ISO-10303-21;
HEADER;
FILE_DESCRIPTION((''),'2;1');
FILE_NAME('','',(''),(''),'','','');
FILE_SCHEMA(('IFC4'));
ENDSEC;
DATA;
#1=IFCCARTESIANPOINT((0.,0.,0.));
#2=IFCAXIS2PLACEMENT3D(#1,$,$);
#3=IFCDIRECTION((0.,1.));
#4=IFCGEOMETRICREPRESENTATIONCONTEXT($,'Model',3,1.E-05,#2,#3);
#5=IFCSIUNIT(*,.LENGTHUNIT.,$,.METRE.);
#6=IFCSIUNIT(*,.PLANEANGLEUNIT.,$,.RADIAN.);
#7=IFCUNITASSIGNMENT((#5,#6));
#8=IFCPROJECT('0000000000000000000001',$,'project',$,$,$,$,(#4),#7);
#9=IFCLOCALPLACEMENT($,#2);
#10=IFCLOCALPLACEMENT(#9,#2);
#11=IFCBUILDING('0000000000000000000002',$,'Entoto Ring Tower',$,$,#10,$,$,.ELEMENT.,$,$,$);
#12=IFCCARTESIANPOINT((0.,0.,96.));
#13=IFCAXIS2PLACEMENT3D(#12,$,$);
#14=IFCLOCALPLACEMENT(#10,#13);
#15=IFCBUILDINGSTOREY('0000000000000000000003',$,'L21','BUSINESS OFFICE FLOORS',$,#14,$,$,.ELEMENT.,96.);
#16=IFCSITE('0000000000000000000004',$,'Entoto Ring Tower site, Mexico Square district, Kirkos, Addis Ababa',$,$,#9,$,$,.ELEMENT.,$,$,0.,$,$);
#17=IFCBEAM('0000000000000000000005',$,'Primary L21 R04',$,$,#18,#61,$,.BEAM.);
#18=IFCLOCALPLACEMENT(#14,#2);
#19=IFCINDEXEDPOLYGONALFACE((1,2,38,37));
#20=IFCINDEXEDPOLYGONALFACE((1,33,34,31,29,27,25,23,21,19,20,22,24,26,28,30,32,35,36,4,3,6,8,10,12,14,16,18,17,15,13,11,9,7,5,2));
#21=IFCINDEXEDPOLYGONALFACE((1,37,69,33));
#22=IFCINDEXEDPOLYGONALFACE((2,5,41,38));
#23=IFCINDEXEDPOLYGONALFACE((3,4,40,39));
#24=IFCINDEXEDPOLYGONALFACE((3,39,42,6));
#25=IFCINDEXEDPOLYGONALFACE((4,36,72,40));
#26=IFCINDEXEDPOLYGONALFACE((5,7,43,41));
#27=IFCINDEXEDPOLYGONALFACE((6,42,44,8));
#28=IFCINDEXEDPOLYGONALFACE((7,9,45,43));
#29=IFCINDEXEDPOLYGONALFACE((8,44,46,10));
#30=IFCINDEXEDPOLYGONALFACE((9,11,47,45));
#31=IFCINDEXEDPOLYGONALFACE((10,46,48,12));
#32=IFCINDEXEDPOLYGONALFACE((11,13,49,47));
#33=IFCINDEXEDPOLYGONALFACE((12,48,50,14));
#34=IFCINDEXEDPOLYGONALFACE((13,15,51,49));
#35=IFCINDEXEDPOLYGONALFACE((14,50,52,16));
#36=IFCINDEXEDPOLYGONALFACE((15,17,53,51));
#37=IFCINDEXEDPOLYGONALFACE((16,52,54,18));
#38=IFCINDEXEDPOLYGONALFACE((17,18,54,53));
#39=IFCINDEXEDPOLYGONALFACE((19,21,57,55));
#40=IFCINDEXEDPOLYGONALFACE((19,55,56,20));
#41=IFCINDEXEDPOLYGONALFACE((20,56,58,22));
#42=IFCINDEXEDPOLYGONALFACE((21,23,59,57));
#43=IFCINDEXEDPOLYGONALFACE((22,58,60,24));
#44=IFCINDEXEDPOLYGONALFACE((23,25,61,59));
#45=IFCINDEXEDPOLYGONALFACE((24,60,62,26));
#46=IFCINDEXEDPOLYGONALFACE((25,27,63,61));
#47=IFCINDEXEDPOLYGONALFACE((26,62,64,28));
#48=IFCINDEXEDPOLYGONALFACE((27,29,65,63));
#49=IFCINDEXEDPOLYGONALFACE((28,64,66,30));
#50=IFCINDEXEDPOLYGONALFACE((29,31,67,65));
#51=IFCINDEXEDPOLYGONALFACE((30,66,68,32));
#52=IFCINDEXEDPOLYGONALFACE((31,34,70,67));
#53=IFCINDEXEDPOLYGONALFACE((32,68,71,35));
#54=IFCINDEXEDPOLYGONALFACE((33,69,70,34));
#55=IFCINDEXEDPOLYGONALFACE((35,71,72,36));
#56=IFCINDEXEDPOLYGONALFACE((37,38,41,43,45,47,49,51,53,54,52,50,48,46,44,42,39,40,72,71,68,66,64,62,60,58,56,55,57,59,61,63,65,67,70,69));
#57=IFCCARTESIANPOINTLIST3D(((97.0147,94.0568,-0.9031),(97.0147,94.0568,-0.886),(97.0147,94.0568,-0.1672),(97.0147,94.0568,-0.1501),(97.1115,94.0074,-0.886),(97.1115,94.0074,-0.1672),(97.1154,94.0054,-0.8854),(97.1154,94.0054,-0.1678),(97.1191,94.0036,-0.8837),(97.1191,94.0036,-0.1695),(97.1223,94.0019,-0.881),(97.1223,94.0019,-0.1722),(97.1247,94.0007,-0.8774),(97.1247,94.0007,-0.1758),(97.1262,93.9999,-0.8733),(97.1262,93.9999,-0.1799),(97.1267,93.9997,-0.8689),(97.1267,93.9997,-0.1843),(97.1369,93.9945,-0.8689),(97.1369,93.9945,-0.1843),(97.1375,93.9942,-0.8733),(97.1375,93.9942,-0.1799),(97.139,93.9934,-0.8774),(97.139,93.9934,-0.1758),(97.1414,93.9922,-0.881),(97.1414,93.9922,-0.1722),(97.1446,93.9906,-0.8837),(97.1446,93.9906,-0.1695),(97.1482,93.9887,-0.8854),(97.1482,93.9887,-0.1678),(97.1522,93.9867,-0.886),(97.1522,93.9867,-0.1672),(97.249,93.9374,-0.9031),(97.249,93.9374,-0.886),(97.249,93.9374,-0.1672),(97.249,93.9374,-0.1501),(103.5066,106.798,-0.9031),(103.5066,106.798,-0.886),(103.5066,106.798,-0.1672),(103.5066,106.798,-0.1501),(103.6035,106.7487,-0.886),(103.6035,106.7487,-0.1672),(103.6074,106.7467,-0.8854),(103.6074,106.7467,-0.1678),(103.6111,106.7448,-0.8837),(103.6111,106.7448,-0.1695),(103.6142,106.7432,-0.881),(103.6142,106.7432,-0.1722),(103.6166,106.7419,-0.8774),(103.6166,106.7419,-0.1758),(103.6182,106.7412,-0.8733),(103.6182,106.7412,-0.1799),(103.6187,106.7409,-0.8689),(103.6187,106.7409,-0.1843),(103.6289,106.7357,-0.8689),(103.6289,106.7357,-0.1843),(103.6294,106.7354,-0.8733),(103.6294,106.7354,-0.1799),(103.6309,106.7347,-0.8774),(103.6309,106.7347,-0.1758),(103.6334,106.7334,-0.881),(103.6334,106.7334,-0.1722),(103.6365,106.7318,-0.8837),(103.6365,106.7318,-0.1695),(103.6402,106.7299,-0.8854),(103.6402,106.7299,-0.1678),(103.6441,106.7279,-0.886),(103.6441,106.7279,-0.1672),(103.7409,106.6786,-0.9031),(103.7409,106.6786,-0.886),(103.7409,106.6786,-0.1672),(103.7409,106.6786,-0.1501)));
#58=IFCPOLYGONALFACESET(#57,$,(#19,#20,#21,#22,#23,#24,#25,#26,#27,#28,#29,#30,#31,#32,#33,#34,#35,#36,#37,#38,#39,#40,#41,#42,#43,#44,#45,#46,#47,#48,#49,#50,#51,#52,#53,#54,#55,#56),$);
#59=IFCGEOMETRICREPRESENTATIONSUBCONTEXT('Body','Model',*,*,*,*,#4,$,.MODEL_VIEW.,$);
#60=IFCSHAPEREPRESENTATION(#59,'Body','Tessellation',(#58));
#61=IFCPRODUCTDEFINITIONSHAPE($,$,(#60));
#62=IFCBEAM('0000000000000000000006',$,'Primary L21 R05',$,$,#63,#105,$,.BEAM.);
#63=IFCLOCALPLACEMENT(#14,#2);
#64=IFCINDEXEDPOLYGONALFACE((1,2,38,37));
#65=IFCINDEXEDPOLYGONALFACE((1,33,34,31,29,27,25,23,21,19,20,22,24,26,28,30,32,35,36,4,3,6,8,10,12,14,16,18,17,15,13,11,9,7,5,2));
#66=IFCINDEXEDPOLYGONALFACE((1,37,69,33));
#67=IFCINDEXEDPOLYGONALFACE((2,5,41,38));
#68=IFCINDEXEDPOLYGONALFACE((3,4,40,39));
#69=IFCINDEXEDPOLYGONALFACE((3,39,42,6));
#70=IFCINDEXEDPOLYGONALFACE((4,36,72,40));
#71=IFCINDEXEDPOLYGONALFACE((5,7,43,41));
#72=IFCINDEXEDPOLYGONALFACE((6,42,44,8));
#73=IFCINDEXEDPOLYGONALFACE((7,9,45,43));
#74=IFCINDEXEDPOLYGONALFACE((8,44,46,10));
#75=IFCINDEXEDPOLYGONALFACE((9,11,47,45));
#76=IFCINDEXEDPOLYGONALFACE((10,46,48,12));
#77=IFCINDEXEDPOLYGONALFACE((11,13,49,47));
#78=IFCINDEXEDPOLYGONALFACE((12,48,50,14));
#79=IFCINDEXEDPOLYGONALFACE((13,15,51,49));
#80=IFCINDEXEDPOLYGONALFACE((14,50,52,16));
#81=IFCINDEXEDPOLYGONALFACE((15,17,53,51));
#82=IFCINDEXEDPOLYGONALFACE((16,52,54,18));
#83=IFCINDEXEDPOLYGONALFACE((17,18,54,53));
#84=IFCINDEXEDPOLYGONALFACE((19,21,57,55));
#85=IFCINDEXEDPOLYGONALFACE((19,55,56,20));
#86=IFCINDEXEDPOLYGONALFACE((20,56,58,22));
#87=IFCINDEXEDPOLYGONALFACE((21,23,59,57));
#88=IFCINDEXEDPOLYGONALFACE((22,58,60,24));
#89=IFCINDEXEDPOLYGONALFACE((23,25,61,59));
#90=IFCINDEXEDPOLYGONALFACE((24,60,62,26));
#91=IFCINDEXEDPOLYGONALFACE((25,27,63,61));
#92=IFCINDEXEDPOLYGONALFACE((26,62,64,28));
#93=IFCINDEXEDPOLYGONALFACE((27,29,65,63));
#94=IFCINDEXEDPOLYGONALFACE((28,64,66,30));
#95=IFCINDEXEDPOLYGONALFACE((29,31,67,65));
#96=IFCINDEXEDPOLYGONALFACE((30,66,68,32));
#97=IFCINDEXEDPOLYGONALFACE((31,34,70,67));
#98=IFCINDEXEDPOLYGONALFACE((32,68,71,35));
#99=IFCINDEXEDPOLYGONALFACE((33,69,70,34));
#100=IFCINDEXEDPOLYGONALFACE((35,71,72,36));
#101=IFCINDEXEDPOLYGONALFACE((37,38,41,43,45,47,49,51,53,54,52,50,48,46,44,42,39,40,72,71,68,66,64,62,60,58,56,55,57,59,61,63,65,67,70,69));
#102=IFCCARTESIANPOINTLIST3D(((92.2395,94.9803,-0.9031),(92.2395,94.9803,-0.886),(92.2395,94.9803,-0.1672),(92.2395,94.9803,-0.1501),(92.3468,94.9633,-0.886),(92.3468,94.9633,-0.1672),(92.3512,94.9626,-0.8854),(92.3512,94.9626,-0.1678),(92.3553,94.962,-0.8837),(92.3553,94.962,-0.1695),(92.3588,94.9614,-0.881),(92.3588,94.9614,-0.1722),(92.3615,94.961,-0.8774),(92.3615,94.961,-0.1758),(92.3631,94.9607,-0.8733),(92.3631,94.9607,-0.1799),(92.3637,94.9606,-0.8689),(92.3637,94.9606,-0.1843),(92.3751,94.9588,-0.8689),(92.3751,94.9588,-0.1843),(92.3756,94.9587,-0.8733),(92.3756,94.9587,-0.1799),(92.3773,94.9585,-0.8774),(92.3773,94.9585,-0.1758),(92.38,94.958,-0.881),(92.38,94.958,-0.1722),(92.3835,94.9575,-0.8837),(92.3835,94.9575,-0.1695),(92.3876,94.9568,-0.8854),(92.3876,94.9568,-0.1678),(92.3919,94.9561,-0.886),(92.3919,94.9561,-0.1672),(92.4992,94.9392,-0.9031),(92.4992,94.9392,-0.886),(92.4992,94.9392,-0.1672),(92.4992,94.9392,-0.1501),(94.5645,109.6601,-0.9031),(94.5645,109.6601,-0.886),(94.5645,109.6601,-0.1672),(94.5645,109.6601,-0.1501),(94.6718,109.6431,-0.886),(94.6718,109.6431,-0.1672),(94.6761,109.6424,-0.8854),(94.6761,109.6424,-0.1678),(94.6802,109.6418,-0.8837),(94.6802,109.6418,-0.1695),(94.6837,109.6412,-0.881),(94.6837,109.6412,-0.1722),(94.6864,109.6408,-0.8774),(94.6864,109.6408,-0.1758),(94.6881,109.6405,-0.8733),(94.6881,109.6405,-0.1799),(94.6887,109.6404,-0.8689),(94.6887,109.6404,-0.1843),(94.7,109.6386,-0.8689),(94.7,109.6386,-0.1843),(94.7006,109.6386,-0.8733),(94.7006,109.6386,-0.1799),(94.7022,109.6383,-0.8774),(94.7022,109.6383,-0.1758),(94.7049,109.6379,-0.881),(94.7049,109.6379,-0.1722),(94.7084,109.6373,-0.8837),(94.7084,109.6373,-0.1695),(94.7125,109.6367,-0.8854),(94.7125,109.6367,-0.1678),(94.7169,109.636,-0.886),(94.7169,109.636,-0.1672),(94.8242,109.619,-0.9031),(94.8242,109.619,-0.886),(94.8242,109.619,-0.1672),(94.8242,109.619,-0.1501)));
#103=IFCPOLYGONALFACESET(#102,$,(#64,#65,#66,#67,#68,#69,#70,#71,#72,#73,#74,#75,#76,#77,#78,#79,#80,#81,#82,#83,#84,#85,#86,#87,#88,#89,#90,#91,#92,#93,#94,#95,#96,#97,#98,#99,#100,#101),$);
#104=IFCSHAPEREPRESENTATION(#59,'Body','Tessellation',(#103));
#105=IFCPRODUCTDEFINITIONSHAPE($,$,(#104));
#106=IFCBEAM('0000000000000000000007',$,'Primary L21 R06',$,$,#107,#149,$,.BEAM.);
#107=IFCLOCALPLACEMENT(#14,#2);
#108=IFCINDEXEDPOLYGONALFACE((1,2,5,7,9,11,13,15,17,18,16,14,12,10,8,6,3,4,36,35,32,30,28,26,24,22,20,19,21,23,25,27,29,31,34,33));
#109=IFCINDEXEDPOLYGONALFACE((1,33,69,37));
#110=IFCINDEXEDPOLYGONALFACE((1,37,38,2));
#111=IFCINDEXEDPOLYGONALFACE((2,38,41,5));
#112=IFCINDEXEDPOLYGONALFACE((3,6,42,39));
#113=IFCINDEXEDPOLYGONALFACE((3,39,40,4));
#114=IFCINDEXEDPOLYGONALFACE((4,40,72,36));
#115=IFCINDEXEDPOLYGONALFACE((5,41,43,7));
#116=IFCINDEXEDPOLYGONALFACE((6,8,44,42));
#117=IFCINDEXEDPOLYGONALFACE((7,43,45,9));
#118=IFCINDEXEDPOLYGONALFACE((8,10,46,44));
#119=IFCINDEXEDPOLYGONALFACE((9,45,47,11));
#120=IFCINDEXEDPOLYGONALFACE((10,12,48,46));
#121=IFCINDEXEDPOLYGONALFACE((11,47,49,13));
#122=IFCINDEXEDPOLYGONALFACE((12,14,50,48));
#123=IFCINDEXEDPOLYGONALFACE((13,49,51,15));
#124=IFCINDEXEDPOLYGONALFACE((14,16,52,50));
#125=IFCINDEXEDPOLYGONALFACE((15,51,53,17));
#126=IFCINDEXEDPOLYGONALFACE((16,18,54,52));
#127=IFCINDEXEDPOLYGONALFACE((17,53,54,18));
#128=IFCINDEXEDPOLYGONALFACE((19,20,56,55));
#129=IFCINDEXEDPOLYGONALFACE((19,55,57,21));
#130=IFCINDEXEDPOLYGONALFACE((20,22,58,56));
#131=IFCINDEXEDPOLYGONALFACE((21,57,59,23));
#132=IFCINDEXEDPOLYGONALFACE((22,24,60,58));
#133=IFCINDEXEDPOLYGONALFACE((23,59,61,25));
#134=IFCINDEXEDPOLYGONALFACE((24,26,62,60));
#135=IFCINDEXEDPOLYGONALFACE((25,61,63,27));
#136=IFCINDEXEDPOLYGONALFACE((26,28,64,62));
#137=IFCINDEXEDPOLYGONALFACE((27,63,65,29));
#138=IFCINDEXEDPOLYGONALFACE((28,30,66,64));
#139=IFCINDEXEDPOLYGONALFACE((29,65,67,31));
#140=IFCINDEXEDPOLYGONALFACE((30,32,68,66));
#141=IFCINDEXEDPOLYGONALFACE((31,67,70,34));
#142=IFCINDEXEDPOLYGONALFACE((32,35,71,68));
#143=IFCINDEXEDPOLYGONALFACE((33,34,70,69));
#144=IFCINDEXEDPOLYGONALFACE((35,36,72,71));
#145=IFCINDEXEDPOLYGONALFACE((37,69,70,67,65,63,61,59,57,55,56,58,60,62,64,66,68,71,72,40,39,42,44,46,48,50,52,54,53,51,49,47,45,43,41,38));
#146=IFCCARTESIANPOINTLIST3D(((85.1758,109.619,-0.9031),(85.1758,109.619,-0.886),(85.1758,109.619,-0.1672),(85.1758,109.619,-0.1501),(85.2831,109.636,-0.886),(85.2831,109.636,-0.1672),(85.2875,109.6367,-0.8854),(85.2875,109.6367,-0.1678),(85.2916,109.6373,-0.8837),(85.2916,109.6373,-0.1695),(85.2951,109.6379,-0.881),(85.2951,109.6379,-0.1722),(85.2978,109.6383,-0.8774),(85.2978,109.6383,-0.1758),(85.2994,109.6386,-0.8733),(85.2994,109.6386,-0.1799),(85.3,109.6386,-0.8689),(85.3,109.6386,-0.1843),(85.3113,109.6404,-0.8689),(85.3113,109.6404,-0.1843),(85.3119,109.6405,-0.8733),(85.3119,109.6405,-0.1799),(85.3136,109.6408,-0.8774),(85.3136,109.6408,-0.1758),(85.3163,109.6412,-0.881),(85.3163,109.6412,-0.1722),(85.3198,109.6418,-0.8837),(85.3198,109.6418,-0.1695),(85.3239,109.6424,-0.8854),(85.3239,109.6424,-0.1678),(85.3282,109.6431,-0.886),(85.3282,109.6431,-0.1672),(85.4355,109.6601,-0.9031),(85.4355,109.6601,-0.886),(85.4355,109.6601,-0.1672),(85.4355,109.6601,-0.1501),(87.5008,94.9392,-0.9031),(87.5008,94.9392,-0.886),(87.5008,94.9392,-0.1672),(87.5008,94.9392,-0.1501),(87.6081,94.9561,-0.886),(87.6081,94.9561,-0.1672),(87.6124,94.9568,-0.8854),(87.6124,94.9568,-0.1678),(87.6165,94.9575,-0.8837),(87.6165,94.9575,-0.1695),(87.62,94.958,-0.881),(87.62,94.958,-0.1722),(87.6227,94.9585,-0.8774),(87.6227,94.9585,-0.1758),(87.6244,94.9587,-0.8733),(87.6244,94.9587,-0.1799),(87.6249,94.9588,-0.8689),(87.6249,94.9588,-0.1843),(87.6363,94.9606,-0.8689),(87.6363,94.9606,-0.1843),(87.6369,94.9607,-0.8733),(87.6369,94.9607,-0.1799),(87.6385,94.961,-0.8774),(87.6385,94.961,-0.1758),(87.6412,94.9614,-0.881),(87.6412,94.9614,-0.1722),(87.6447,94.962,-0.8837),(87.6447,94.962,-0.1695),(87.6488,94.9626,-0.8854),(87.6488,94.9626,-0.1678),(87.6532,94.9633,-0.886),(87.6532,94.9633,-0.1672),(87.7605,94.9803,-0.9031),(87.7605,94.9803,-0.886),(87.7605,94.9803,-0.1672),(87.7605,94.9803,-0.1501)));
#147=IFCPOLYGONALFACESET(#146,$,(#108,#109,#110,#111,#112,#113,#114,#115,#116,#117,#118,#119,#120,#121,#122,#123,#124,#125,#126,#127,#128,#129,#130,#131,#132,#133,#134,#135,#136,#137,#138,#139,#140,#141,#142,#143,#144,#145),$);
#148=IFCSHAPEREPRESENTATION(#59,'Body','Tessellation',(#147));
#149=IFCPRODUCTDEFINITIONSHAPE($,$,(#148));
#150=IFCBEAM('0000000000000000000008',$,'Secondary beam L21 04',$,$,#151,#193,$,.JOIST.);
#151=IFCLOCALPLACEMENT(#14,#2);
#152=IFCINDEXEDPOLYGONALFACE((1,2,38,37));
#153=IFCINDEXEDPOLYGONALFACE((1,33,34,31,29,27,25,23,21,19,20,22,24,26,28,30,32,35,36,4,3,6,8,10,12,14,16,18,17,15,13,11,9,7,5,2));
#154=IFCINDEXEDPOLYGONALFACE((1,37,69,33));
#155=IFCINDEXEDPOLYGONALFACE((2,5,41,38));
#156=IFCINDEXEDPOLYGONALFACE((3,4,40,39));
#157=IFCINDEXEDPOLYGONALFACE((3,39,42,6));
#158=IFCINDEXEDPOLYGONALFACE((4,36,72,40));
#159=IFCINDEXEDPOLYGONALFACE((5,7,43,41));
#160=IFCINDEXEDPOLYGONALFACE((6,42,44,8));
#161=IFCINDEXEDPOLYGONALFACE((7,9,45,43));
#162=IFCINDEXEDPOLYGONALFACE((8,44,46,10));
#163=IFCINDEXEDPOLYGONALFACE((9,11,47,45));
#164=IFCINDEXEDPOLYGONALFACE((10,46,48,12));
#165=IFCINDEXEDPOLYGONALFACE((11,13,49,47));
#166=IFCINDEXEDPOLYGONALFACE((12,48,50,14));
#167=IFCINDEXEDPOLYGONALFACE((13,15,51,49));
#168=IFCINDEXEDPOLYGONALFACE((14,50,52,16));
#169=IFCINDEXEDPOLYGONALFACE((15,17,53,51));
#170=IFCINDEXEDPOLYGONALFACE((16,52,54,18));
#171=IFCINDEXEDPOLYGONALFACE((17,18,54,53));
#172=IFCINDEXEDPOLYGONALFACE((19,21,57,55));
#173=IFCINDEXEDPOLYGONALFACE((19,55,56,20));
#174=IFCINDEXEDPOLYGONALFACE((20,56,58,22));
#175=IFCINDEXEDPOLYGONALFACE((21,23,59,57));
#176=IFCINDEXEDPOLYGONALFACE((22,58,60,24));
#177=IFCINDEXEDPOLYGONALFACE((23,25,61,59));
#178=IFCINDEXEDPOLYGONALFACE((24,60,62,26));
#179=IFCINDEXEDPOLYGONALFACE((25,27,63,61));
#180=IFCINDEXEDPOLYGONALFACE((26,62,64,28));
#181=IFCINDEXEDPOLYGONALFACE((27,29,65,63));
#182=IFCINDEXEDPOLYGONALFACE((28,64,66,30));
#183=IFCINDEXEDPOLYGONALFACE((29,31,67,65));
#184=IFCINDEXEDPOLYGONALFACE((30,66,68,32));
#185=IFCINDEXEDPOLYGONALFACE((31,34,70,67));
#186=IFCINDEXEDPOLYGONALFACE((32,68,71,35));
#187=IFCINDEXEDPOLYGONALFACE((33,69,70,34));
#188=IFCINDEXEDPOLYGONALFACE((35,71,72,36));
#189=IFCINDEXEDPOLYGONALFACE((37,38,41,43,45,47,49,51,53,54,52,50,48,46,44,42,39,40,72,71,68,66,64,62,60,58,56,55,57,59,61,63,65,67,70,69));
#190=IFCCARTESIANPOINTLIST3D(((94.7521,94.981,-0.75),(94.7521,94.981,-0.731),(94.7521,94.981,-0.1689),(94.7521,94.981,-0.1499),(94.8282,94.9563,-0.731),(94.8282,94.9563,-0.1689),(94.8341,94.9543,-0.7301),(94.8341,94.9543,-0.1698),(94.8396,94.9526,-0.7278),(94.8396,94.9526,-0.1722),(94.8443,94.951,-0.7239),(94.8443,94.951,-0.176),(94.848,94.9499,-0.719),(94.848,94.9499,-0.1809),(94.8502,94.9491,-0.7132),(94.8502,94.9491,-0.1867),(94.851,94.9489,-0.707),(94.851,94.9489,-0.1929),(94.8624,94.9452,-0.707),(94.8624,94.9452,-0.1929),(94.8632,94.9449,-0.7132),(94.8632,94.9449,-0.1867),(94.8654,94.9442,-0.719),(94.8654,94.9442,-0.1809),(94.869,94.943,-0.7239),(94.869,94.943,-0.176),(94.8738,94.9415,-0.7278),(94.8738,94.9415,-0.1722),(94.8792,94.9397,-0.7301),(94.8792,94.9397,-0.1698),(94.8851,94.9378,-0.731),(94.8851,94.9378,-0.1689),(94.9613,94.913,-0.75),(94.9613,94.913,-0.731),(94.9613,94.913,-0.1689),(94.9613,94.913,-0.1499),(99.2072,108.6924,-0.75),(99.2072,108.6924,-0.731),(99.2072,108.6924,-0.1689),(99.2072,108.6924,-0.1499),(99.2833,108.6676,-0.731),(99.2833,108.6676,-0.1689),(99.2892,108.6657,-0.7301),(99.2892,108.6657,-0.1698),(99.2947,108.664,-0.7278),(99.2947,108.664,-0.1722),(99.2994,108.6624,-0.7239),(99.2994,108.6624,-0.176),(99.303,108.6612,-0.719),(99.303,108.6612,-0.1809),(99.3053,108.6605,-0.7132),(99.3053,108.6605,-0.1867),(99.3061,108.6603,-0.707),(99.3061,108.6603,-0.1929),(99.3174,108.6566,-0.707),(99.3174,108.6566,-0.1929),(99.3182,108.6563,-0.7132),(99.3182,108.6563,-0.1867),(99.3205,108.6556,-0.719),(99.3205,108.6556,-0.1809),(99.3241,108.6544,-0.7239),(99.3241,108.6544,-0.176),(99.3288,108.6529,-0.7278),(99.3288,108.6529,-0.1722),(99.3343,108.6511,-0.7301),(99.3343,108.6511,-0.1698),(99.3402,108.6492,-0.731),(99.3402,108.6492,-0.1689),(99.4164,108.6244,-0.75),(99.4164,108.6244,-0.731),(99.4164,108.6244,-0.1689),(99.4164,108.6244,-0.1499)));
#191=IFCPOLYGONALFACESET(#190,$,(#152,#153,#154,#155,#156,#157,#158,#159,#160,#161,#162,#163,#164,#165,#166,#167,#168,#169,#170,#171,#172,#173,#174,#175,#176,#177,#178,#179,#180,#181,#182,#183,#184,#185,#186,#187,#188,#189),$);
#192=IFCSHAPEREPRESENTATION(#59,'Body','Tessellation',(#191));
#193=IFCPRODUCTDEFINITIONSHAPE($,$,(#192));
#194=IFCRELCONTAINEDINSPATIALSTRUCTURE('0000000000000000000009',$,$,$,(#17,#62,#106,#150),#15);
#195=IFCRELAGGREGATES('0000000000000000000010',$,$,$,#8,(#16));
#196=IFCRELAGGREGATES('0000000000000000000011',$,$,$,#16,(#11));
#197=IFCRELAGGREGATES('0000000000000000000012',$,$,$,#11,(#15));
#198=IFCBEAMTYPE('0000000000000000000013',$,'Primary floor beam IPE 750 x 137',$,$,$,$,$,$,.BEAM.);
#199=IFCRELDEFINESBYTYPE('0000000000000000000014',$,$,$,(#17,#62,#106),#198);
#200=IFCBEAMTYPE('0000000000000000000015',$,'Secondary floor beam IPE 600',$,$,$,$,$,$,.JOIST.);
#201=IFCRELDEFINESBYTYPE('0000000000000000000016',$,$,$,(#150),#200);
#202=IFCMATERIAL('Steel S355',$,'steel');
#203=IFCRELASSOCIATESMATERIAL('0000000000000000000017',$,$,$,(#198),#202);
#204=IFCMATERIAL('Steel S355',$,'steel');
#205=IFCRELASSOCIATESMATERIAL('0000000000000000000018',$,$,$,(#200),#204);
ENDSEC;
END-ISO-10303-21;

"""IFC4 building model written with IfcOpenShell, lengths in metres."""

from ifc_helpers import new_model, si_unit, direction, frame, origin, origin_2d, place, context, subcontext, project, spatial, i_section, extrude, material, material_profile, profile_set, type_object, element, save


model = new_model("IFC4")

# Units and contexts
model_context = context("Model", 3, precision=1e-05, world=origin(), true_north=direction((0.0, 1.0)))
body_context = subcontext(model_context, "Body", "Model", "MODEL_VIEW")
ifc_project = project(units=[si_unit("LENGTHUNIT", "METRE"), si_unit("PLANEANGLEUNIT", "RADIAN")], contexts=[model_context])

# Site, building, storey
site_placement = place(None, origin())
site = spatial("IfcSite", under=ifc_project, at=site_placement, Name="Entoto Ring Tower site, Mexico Square district, Kirkos, Addis Ababa", CompositionType="ELEMENT", RefElevation=0.0)
building_placement = place(site_placement, origin())
building = spatial("IfcBuilding", under=site, at=building_placement, Name="Entoto Ring Tower", CompositionType="ELEMENT")
storey_placement = place(building_placement, frame((0.0, 0.0, 96.0)))
storey = spatial("IfcBuildingStorey", under=building, at=storey_placement, Name="L21", Description="BUSINESS OFFICE FLOORS", CompositionType="ELEMENT", Elevation=96.0)

# Beams
ifc_material_1 = material(Name="Steel S355", Category="steel")
ifc_material_profile_1 = material_profile(ifc_material_1, i_section(OverallWidth=0.2629, OverallDepth=0.7529, WebThickness=0.0115, FlangeThickness=0.0171, FilletRadius=0.0171, at=origin_2d()), Name="IPE 750 x 137")
ifc_profile_set_1 = profile_set([ifc_material_profile_1], Name="Steel S355")
beam_type_1 = type_object("IfcBeamType", Name="Primary floor beam IPE 750 x 137", PredefinedType="BEAM", material=ifc_profile_set_1)
beam_1_placement = place(storey_placement, frame((97.1318, 93.9971, -0.5266), z_axis=(0.453989, 0.891007, 0.0), x_axis=(-0.891007, 0.453989, 0.0)))
element("IfcBeam", 1, at=beam_1_placement, inside=storey, type_object=beam_type_1, Name="Primary L21 R04", PredefinedType="BEAM", context=body_context, shape_type="SweptSolid", body=[
    extrude(i_section(OverallWidth=0.2629, OverallDepth=0.7529, WebThickness=0.0115, FlangeThickness=0.0171, FilletRadius=0.0171, at=origin_2d()), origin(), (0.0, 0.0, 1.0), 14.2998),
])
for number, where, z_axis, x_axis, name in (
    (2, (92.3694, 94.9597, -0.5266), (0.156426, 0.98769, 0.0), (-0.98769, 0.156426, 0.0), "Primary L21 R05"),
    (3, (87.6306, 94.9597, -0.5266), (-0.156426, 0.98769, 0.0), (-0.98769, -0.156426, 0.0), "Primary L21 R06"),
):
    element("IfcBeam", number, at=place(storey_placement, frame(where, z_axis=z_axis, x_axis=x_axis)), inside=storey, type_object=beam_type_1, Name=name, PredefinedType="BEAM", context=body_context, shape_type="SweptSolid", body=[
        extrude(i_section(OverallWidth=0.2629, OverallDepth=0.7529, WebThickness=0.0115, FlangeThickness=0.0171, FilletRadius=0.0171, at=origin_2d()), origin(), (0.0, 0.0, 1.0), 14.8628),
    ])
ifc_material_2 = material(Name="Steel S355", Category="steel")
ifc_material_profile_2 = material_profile(ifc_material_2, i_section(OverallWidth=0.22, OverallDepth=0.6001, WebThickness=0.012, FlangeThickness=0.019, FilletRadius=0.0239, at=origin_2d()), Name="IPE 600")
ifc_profile_set_2 = profile_set([ifc_material_profile_2], Name="Steel S355")
beam_type_2 = type_object("IfcBeamType", Name="Secondary floor beam IPE 600", PredefinedType="JOIST", material=ifc_profile_set_2)
beam_2_placement = place(storey_placement, frame((94.8567, 94.947, -0.45), z_axis=(0.309015, 0.951057, 0.0), x_axis=(-0.951057, 0.309015, 0.0)))
element("IfcBeam", 4, at=beam_2_placement, inside=storey, type_object=beam_type_2, Name="Secondary beam L21 04", PredefinedType="JOIST", context=body_context, shape_type="SweptSolid", body=[
    extrude(i_section(OverallWidth=0.22, OverallDepth=0.6001, WebThickness=0.012, FlangeThickness=0.019, FilletRadius=0.0239, at=origin_2d()), origin(), (0.0, 0.0, 1.0), 14.417),
])

save(model, "model.ifc")
